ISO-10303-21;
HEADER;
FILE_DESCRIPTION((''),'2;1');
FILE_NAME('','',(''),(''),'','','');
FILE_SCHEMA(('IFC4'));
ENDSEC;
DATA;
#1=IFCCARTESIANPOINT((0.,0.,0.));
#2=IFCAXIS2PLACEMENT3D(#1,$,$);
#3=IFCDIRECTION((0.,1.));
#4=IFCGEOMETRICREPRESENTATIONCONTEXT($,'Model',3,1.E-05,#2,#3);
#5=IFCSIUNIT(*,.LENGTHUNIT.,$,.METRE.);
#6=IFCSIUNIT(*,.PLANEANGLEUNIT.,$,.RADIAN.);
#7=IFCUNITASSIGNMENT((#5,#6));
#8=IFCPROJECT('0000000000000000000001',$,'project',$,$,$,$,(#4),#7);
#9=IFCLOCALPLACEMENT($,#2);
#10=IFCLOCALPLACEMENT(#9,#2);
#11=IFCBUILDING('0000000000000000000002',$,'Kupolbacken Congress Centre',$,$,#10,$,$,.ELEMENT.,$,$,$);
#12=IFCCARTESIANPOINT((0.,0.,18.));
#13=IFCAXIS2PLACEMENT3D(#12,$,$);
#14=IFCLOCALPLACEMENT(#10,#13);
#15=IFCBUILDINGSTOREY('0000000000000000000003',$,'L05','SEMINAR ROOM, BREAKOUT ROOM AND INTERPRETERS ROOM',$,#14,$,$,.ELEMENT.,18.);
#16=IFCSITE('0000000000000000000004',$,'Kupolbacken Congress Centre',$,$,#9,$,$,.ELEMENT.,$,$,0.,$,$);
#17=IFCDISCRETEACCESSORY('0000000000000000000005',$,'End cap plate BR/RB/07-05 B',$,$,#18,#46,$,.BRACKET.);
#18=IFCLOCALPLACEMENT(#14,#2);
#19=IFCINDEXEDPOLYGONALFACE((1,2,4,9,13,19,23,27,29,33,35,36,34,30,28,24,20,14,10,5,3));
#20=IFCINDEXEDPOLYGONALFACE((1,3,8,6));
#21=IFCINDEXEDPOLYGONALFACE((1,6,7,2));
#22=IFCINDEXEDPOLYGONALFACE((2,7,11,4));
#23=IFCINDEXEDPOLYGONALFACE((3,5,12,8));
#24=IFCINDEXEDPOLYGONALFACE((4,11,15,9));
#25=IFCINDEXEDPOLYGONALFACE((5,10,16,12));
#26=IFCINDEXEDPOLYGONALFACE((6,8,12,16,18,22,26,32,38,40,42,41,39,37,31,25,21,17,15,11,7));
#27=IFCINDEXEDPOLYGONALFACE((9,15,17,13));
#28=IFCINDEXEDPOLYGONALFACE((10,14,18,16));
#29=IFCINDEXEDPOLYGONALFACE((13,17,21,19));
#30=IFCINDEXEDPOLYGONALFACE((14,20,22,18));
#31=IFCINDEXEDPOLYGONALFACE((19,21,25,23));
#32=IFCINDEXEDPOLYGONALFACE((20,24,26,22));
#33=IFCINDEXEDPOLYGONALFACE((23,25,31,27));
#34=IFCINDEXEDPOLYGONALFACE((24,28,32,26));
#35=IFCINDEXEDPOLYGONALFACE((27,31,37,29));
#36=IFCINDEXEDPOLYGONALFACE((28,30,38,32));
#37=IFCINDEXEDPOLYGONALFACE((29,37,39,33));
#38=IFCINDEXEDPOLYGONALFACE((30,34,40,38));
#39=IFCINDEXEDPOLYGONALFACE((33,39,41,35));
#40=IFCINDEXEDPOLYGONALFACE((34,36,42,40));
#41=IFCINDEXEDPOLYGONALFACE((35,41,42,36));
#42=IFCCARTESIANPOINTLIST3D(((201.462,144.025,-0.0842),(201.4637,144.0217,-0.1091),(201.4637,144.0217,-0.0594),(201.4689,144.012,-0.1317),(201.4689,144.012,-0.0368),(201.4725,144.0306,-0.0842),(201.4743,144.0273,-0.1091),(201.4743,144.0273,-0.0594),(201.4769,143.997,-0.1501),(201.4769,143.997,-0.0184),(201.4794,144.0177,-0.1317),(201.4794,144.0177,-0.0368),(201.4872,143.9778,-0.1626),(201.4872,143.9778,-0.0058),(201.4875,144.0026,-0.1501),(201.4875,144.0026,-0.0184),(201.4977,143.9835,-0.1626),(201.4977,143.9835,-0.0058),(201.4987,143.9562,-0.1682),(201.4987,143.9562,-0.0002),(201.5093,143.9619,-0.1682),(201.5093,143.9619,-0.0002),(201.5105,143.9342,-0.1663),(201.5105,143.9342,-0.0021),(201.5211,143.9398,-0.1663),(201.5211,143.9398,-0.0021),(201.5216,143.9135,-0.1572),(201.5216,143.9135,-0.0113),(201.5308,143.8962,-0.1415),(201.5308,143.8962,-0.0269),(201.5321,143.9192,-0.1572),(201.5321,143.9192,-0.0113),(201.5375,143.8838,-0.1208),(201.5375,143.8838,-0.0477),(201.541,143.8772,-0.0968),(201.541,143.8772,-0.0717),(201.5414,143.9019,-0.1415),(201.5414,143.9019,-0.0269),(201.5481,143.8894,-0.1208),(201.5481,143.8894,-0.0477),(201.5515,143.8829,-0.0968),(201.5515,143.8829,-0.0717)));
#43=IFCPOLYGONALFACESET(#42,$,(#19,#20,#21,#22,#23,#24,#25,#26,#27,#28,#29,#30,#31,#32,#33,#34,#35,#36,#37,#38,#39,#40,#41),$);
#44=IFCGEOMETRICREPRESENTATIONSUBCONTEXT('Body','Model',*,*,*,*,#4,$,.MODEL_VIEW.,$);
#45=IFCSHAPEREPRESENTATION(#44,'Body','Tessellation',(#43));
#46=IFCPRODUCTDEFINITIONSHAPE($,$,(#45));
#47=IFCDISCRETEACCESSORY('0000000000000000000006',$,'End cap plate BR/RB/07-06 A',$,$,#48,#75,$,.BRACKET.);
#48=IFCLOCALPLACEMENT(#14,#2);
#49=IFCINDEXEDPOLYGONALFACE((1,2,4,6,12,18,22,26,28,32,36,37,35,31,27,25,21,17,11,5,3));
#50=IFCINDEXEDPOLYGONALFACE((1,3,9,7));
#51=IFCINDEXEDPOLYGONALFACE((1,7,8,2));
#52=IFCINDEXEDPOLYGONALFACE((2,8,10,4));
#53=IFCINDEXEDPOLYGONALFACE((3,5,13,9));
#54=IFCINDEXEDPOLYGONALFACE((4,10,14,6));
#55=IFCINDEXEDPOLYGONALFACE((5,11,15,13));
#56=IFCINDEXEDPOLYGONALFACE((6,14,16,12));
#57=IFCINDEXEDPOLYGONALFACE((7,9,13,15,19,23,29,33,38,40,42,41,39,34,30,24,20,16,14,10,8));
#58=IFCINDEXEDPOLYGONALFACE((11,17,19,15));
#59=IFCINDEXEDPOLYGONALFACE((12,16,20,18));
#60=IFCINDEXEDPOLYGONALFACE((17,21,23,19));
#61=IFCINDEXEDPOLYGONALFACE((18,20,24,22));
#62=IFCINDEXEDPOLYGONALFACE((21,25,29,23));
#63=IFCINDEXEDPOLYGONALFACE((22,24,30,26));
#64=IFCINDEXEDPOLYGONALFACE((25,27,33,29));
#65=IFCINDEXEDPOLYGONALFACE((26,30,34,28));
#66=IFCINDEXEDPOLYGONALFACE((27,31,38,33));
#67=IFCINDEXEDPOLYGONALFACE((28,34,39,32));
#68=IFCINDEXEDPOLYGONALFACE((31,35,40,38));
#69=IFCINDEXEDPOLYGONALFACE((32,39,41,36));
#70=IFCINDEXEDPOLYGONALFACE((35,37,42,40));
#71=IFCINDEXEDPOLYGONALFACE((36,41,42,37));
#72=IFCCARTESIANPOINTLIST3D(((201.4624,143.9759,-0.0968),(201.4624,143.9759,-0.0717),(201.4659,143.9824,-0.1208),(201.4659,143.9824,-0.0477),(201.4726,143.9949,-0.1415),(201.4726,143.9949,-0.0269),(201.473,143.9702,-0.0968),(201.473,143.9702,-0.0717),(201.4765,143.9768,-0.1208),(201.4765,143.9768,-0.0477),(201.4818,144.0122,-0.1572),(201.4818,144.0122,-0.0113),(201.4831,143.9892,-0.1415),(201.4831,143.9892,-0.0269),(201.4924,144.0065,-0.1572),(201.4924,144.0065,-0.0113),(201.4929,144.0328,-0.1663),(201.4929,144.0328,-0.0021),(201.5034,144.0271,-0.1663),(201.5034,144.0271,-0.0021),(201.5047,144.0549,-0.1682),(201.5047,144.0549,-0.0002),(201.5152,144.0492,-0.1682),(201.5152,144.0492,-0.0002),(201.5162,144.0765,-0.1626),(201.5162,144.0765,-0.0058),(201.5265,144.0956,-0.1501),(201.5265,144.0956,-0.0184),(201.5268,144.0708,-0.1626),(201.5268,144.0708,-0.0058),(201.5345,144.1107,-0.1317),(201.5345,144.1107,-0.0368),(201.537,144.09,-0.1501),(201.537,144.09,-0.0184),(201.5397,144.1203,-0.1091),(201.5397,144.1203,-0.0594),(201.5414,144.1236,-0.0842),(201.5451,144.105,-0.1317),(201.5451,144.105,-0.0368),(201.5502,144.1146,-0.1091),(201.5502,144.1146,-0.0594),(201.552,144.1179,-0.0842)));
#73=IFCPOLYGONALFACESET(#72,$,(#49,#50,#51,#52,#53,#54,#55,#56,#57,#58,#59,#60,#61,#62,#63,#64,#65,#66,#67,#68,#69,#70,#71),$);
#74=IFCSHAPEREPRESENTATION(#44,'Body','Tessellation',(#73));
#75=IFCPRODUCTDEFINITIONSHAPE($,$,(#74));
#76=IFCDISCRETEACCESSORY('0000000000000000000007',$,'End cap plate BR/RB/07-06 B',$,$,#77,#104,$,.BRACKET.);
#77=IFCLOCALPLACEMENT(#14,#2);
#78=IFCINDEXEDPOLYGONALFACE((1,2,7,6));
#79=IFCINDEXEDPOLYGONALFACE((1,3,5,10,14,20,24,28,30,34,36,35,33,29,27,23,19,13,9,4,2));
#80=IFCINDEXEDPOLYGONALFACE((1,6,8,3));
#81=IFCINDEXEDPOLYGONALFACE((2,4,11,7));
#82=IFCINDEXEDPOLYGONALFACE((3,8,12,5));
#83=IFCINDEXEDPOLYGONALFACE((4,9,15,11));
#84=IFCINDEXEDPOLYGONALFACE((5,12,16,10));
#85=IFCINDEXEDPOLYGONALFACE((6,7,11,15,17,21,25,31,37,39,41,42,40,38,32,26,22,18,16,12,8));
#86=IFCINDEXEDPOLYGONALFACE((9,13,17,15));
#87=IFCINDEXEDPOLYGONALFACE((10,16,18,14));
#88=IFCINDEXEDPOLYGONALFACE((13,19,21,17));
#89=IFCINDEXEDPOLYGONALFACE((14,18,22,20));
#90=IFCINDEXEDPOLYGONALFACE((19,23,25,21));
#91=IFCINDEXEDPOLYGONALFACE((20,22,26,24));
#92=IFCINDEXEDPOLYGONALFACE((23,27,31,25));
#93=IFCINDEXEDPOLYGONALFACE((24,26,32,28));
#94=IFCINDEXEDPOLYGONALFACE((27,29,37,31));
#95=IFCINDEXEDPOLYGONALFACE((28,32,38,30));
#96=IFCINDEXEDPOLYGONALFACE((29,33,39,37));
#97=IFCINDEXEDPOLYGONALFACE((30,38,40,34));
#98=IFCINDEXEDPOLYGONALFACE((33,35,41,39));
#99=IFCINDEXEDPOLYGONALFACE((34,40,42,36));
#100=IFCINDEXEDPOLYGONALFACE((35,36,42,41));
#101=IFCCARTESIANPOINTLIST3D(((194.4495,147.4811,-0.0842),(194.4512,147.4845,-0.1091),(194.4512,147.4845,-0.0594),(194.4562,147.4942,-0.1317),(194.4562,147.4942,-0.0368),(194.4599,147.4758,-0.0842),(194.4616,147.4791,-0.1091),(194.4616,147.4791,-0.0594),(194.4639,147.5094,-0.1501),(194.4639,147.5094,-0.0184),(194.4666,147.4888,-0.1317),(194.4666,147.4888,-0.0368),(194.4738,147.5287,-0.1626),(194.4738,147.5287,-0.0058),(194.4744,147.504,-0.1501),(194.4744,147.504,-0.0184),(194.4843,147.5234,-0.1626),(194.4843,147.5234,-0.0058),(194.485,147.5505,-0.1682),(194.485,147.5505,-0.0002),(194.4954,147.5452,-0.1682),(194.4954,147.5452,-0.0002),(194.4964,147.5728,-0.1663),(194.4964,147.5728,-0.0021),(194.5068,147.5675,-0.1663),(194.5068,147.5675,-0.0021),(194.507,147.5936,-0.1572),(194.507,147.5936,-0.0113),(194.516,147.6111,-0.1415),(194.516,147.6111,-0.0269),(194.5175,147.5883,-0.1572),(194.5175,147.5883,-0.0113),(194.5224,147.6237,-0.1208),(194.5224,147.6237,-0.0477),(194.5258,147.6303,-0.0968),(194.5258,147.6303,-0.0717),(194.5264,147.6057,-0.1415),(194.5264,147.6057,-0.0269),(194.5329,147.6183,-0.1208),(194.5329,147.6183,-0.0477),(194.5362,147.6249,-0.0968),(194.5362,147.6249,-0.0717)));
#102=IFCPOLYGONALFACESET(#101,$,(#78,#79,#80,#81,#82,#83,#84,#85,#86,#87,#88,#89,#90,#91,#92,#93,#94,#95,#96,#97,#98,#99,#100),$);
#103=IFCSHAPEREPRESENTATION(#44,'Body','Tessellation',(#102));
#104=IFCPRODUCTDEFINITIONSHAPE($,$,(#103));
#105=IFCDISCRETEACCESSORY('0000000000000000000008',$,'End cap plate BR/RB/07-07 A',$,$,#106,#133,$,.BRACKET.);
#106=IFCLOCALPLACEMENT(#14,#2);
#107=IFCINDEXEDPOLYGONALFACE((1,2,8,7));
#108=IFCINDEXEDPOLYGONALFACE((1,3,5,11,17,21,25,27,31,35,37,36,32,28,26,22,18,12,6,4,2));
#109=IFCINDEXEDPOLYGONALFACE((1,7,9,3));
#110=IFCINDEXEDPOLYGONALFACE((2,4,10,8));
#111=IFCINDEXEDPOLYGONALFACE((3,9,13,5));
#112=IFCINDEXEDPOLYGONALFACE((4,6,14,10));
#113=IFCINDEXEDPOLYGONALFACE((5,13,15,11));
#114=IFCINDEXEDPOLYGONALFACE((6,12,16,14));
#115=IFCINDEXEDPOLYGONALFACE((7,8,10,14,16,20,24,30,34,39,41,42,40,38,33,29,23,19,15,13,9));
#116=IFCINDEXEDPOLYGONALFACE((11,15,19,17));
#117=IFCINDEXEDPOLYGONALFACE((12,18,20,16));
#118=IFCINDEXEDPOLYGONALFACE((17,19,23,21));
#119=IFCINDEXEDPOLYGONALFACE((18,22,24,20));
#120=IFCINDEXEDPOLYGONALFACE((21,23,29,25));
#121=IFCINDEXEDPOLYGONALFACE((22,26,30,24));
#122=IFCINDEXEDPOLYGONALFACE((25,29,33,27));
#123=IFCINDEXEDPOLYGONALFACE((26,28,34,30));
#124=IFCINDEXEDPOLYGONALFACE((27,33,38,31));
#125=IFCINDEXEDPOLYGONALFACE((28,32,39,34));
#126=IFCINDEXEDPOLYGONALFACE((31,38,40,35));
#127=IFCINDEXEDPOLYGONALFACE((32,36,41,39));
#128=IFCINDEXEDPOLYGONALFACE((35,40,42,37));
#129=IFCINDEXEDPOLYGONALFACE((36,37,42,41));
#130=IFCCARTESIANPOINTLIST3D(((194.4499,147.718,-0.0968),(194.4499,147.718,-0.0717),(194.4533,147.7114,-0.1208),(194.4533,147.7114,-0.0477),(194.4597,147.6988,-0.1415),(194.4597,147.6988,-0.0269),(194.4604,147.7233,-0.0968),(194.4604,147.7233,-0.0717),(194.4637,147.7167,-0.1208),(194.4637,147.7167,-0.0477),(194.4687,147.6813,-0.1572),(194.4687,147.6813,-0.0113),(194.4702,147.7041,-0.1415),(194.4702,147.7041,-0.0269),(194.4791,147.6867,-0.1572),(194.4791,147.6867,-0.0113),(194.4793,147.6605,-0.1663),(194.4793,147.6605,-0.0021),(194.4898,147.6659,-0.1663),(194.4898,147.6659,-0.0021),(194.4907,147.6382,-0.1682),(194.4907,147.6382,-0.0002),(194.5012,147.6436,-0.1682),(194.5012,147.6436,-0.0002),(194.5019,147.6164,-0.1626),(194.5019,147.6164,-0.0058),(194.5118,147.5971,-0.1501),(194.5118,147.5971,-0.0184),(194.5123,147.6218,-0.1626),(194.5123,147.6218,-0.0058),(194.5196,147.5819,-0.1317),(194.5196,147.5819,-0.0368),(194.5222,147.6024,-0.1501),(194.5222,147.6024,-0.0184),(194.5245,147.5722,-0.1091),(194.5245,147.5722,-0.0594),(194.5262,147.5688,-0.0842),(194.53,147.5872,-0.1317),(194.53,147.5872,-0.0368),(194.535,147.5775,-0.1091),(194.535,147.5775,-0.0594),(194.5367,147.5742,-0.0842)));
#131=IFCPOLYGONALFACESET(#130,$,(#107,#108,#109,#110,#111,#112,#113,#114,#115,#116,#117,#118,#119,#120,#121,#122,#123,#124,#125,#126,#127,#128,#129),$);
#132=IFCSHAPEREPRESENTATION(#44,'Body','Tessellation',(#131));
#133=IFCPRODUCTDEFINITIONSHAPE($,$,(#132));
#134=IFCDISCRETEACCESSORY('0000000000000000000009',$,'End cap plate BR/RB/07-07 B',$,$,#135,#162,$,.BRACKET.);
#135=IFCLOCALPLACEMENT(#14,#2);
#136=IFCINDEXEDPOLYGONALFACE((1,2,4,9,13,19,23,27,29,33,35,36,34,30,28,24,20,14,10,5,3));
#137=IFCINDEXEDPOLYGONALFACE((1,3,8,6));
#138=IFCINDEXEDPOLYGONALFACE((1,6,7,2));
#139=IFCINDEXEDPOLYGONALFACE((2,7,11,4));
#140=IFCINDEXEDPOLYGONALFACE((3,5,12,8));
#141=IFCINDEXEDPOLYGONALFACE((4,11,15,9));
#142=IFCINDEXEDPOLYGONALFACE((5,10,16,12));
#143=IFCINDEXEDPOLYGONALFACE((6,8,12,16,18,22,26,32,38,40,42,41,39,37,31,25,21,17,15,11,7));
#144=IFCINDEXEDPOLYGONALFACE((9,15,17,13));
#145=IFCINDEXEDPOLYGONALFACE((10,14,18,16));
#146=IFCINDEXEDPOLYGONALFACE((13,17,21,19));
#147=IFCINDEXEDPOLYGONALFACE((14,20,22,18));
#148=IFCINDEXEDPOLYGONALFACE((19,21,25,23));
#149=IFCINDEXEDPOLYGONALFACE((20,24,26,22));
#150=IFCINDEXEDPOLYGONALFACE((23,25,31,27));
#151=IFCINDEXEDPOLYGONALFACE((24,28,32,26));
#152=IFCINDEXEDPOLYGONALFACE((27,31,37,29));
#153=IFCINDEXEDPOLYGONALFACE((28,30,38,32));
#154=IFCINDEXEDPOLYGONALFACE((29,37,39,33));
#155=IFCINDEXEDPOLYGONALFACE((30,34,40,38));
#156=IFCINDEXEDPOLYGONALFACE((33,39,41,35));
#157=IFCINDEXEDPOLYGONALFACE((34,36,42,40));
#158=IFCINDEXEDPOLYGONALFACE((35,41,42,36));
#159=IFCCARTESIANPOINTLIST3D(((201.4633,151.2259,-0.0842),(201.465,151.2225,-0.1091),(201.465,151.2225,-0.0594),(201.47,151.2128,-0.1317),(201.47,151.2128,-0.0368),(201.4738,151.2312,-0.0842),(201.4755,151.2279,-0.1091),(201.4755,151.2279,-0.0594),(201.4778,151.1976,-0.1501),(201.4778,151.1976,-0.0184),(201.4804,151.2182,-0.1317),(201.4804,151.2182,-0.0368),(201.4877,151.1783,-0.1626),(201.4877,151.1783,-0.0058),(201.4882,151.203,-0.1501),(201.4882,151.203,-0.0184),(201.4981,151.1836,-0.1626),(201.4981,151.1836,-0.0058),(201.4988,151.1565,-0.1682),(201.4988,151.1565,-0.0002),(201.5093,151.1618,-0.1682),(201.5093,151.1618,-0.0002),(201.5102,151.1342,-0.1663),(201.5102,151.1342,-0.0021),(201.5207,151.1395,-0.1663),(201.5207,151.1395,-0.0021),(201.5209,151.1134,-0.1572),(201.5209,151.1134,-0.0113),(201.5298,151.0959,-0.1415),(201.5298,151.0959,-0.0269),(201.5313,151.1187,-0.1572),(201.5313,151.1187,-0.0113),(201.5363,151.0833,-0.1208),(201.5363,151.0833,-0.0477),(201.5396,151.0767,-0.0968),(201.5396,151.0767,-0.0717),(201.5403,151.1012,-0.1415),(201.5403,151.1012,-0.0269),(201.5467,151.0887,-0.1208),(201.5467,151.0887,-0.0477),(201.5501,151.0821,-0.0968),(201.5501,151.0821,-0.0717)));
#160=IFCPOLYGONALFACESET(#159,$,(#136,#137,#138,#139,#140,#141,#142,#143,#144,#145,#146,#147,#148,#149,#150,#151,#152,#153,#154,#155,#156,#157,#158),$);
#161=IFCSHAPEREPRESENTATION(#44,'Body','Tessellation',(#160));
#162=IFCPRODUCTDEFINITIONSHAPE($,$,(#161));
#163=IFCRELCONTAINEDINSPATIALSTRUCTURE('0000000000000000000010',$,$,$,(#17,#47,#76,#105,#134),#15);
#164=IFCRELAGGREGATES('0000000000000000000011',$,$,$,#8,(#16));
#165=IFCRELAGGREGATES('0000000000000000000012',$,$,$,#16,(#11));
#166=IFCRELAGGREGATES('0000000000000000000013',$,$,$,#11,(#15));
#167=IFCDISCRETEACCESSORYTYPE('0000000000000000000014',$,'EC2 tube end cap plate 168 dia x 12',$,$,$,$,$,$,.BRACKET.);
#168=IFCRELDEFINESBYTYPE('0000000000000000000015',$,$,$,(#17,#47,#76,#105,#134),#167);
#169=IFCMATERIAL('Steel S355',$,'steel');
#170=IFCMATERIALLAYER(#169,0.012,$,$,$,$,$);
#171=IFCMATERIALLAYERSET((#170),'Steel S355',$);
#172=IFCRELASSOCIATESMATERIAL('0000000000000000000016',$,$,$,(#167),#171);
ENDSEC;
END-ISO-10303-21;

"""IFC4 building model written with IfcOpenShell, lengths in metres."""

from ifc_helpers import new_model, si_unit, direction, frame, origin, origin_2d, place, context, subcontext, project, spatial, circle, extrude, material, layer, layer_set, type_object, element, save


model = new_model("IFC4")

# Units and contexts
model_context = context("Model", 3, precision=1e-05, world=origin(), true_north=direction((0.0, 1.0)))
body_context = subcontext(model_context, "Body", "Model", "MODEL_VIEW")
ifc_project = project(units=[si_unit("LENGTHUNIT", "METRE"), si_unit("PLANEANGLEUNIT", "RADIAN")], contexts=[model_context])

# Site, building, storey
site_placement = place(None, origin())
site = spatial("IfcSite", under=ifc_project, at=site_placement, Name="Kupolbacken Congress Centre", CompositionType="ELEMENT", RefElevation=0.0)
building_placement = place(site_placement, origin())
building = spatial("IfcBuilding", under=site, at=building_placement, Name="Kupolbacken Congress Centre", CompositionType="ELEMENT")
storey_placement = place(building_placement, frame((0.0, 0.0, 18.0)))
storey = spatial("IfcBuildingStorey", under=building, at=storey_placement, Name="L05", Description="SEMINAR ROOM, BREAKOUT ROOM AND INTERPRETERS ROOM", CompositionType="ELEMENT", Elevation=18.0)

# Discrete accessories
ifc_material_1 = material(Name="Steel S355", Category="steel")
ifc_layer_1 = layer(ifc_material_1, 0.012)
ifc_layer_set_1 = layer_set([ifc_layer_1], Name="Steel S355")
discrete_accessory_type = type_object("IfcDiscreteAccessoryType", Name="EC2 tube end cap plate 168 dia x 12", PredefinedType="BRACKET", material=ifc_layer_set_1)
for number, where, z_axis, x_axis, name in (
    (1, (201.5017, 143.9507, -0.0842), (0.881785, 0.471652, 0.0), (-0.471652, 0.881785, 0.0), "End cap plate BR/RB/07-05 B"),
    (2, (201.5017, 144.0493, -0.0842), (0.881785, -0.471652, 0.0), (0.471652, 0.881785, 0.0), "End cap plate BR/RB/07-06 A"),
):
    element("IfcDiscreteAccessory", number, at=place(storey_placement, frame(where, z_axis=z_axis, x_axis=x_axis)), inside=storey, type_object=discrete_accessory_type, Name=name, PredefinedType="BRACKET", context=body_context, shape_type="SweptSolid", body=[
        extrude(circle(Radius=0.0842, at=origin_2d()), origin(), (0.0, 0.0, 1.0), 0.012),
    ])
for number, where, z_axis, x_axis, name in (
    (3, (194.4983, 147.5508, -0.0842), (-0.890248, 0.455476, 0.0), (-0.455476, -0.890248, 0.0), "End cap plate BR/RB/07-06 B"),
    (4, (194.4983, 147.6492, -0.0842), (-0.890248, -0.455476, 0.0), (0.455476, -0.890248, 0.0), "End cap plate BR/RB/07-07 A"),
    (5, (201.5017, 151.1509, -0.0842), (0.890248, 0.455476, 0.0), (-0.455476, 0.890248, 0.0), "End cap plate BR/RB/07-07 B"),
):
    element("IfcDiscreteAccessory", number, at=place(storey_placement, frame(where, z_axis=z_axis, x_axis=x_axis)), inside=storey, type_object=discrete_accessory_type, Name=name, PredefinedType="BRACKET", context=body_context, shape_type="SweptSolid", body=[
        extrude(circle(Radius=0.0842, at=origin_2d()), origin(), (0.0, 0.0, 1.0), 0.0117),
    ])

save(model, "model.ifc")
